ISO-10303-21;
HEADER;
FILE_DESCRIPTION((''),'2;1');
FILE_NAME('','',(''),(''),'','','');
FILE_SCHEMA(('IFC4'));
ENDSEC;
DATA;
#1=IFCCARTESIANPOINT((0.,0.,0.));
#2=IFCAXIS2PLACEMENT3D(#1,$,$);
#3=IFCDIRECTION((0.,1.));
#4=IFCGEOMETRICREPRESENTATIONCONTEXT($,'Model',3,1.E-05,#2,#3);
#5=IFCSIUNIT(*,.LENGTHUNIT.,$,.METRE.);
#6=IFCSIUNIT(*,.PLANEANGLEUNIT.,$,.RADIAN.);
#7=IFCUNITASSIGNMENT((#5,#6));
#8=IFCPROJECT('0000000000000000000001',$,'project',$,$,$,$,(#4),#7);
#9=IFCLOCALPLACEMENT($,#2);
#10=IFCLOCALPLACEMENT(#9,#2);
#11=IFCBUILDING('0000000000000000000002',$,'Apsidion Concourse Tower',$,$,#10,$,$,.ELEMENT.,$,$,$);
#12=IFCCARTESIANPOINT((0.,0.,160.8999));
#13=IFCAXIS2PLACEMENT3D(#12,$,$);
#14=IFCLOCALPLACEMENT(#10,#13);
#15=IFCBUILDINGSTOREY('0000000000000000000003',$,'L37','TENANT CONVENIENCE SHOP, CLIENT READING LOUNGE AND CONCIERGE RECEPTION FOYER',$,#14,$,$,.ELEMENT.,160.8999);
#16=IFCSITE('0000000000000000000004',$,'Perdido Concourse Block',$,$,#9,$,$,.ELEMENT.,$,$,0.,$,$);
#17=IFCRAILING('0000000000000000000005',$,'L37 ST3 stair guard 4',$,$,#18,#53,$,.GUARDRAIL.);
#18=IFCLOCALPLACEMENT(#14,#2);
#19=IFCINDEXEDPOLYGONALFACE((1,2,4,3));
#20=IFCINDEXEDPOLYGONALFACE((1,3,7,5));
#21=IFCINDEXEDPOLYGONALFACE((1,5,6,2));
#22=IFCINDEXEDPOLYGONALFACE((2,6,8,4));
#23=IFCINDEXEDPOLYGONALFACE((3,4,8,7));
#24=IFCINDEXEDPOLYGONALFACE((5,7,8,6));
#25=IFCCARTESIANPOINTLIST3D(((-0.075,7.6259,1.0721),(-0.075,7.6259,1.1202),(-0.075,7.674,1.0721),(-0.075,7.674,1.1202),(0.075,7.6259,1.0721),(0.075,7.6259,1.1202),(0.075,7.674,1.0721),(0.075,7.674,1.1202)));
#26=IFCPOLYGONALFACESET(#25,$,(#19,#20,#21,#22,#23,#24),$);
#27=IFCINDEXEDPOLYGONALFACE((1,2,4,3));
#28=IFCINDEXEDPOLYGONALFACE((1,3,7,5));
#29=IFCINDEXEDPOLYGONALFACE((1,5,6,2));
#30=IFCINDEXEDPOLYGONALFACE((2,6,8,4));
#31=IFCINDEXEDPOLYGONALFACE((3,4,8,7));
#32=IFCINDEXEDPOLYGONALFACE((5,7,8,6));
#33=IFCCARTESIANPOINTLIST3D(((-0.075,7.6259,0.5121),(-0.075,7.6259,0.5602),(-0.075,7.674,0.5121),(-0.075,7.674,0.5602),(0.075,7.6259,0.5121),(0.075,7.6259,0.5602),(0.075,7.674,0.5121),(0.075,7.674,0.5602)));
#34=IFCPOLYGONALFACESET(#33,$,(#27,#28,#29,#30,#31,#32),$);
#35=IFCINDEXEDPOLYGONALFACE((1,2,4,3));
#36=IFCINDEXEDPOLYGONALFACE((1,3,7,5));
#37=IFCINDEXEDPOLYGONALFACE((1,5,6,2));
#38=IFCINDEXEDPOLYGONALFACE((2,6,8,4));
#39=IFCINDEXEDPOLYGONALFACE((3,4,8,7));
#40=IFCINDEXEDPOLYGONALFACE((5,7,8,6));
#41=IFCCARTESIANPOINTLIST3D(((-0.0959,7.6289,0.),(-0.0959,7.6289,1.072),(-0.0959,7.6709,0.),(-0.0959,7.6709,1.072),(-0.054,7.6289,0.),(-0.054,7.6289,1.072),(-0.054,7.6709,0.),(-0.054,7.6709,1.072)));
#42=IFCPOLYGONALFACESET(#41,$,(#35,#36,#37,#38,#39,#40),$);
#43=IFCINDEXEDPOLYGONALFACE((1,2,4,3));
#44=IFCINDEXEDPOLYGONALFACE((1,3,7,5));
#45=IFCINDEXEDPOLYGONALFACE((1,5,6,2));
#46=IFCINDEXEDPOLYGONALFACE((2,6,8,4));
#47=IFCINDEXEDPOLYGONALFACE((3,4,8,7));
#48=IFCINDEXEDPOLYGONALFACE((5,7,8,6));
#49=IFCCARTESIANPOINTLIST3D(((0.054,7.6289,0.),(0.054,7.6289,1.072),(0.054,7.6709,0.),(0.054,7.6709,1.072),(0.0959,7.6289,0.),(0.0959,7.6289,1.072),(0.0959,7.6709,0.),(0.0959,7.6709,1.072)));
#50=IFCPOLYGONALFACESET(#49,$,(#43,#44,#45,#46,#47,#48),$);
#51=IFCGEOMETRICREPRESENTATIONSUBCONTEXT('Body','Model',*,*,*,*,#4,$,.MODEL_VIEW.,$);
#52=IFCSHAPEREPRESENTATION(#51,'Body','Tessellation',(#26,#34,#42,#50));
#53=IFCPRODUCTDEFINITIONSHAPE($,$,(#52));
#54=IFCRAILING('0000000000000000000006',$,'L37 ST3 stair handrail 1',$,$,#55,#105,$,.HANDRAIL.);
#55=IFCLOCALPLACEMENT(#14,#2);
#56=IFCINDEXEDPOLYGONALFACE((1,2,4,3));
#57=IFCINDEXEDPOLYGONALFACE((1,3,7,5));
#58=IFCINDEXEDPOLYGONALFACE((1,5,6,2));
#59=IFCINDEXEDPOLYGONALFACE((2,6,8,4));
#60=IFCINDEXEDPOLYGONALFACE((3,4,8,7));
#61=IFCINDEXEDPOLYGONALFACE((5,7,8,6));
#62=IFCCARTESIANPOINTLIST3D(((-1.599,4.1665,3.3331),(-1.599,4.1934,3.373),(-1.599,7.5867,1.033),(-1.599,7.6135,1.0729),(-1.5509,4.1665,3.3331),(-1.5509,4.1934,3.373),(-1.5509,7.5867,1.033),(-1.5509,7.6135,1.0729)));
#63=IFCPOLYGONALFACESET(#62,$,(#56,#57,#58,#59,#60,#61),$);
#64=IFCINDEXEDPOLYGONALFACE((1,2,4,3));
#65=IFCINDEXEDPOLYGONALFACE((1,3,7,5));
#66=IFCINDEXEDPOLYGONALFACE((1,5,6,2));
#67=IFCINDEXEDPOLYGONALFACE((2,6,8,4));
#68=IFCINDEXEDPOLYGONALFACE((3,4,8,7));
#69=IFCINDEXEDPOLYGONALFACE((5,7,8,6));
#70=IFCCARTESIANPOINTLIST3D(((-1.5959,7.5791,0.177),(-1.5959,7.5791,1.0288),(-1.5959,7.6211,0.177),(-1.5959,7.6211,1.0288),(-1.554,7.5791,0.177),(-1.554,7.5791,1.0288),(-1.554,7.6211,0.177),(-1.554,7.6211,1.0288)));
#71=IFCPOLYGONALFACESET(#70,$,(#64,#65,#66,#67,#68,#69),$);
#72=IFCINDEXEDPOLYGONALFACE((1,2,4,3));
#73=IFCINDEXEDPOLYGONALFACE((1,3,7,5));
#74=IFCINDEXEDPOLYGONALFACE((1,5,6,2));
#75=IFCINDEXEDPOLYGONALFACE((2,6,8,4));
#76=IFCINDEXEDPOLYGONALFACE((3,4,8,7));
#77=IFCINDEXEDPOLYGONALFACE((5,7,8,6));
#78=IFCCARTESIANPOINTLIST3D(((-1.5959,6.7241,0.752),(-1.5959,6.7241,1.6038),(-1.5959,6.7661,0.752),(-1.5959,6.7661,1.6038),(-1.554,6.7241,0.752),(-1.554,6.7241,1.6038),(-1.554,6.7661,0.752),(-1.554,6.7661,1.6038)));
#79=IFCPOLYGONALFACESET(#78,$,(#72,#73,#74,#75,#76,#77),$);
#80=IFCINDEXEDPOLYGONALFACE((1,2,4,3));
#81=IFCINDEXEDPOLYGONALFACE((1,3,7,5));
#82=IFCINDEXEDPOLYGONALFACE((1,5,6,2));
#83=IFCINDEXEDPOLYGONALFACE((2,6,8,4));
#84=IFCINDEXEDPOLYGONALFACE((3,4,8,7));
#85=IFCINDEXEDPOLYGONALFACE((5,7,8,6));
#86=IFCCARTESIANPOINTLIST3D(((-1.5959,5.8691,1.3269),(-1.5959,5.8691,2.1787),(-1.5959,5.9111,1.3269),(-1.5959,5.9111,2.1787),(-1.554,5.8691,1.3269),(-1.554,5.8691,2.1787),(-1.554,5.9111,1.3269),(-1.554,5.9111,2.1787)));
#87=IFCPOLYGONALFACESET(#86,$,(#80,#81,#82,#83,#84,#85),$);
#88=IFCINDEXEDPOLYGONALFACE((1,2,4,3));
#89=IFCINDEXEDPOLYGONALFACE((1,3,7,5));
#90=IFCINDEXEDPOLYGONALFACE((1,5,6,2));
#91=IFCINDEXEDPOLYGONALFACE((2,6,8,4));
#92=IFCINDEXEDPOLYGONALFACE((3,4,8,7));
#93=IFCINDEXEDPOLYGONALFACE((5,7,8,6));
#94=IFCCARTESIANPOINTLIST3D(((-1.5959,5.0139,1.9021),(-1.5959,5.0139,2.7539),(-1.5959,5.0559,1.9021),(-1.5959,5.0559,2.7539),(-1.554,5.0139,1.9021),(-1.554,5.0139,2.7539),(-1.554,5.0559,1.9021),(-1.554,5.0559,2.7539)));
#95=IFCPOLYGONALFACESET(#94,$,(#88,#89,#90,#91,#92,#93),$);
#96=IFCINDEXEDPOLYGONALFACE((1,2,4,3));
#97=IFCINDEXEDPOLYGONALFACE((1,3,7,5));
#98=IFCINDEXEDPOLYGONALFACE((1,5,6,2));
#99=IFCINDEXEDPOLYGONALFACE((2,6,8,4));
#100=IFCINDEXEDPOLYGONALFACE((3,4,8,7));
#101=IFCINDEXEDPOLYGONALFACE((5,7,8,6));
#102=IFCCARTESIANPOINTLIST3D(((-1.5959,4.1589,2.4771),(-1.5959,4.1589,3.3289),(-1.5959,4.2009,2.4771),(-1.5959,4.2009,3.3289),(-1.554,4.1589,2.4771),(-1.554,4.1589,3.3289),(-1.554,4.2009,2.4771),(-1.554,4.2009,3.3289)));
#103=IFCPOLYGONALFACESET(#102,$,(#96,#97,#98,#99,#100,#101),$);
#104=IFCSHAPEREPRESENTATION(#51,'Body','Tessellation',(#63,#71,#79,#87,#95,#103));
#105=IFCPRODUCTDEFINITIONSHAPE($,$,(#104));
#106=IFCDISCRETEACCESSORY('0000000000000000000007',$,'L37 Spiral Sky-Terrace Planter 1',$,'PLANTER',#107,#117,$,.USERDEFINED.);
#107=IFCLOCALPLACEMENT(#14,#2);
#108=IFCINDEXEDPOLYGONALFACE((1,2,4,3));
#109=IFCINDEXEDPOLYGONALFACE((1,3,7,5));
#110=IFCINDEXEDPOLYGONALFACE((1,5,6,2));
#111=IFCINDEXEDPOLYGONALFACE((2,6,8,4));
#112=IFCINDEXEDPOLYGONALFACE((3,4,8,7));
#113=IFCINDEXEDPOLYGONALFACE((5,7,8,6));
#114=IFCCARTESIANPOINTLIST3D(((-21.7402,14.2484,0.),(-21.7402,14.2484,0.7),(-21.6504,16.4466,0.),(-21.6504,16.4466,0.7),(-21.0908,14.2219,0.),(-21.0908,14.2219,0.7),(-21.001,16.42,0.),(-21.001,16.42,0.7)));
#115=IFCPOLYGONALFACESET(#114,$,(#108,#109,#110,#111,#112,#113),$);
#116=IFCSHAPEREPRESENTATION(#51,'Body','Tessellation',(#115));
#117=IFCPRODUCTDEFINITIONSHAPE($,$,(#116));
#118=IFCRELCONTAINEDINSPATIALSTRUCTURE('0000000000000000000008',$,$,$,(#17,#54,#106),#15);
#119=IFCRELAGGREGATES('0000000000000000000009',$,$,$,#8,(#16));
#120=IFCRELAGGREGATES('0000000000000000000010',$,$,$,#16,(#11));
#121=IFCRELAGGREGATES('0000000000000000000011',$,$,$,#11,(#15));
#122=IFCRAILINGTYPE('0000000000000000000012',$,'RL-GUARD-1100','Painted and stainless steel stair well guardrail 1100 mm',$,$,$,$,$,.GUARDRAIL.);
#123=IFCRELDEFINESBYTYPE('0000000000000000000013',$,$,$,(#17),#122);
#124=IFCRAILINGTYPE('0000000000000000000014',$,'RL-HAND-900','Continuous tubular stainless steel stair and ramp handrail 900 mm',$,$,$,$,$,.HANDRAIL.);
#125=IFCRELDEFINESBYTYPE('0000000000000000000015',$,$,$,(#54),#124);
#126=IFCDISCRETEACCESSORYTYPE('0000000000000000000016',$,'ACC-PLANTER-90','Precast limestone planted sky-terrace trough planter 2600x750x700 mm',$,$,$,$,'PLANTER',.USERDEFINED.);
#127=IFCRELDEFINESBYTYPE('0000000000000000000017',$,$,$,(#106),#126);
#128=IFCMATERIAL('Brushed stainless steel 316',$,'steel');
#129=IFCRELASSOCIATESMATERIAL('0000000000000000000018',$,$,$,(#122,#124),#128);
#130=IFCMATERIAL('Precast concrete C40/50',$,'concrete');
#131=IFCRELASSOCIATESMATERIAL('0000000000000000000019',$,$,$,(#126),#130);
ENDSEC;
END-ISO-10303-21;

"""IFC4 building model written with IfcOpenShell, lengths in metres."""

from ifc_helpers import new_model, si_unit, direction, frame, origin, origin_2d, place, context, subcontext, project, spatial, rectangle, extrude, material, type_object, element, save


model = new_model("IFC4")

# Units and contexts
model_context = context("Model", 3, precision=1e-05, world=origin(), true_north=direction((0.0, 1.0)))
body_context = subcontext(model_context, "Body", "Model", "MODEL_VIEW")
ifc_project = project(units=[si_unit("LENGTHUNIT", "METRE"), si_unit("PLANEANGLEUNIT", "RADIAN")], contexts=[model_context])

# Site, building, storey
site_placement = place(None, origin())
site = spatial("IfcSite", under=ifc_project, at=site_placement, Name="Perdido Concourse Block", CompositionType="ELEMENT", RefElevation=0.0)
building_placement = place(site_placement, origin())
building = spatial("IfcBuilding", under=site, at=building_placement, Name="Apsidion Concourse Tower", CompositionType="ELEMENT")
storey_placement = place(building_placement, frame((0.0, 0.0, 160.8999)))
storey = spatial("IfcBuildingStorey", under=building, at=storey_placement, Name="L37", Description="TENANT CONVENIENCE SHOP, CLIENT READING LOUNGE AND CONCIERGE RECEPTION FOYER", CompositionType="ELEMENT", Elevation=160.8999)

# Shared definitions
ifc_material_1 = material(Name="Brushed stainless steel 316", Category="steel")

# Shared definitions
ifc_material_2 = material(Name="Precast concrete C40/50", Category="concrete")

# Railings
railing_type_1 = type_object("IfcRailingType", Name="RL-GUARD-1100", Description="Painted and stainless steel stair well guardrail 1100 mm", PredefinedType="GUARDRAIL", material=ifc_material_1)
railing_1_placement = place(storey_placement, frame((-0.075, 7.6499, 0.0)))
element("IfcRailing", 1, at=railing_1_placement, inside=storey, type_object=railing_type_1, Name="L37 ST3 stair guard 4", PredefinedType="GUARDRAIL", context=body_context, shape_type="SweptSolid", body=[
    extrude(rectangle(XDim=0.0481, YDim=0.0481, at=origin_2d()), frame((0.0, 0.0, 1.0962), z_axis=(1.0, 0.0, 0.0), x_axis=(0.0, 1.0, 0.0)), (0.0, 0.0, 1.0), 0.1499),
    extrude(rectangle(XDim=0.0481, YDim=0.0481, at=origin_2d()), frame((0.0, 0.0, 0.5361), z_axis=(1.0, 0.0, 0.0), x_axis=(0.0, 1.0, 0.0)), (0.0, 0.0, 1.0), 0.1499),
    extrude(rectangle(XDim=0.042, YDim=0.042, at=origin_2d()), origin(), (0.0, 0.0, 1.0), 1.072),
    extrude(rectangle(XDim=0.042, YDim=0.042, at=origin_2d()), frame((0.1499, 0.0, 0.0)), (0.0, 0.0, 1.0), 1.072),
])
railing_type_2 = type_object("IfcRailingType", Name="RL-HAND-900", Description="Continuous tubular stainless steel stair and ramp handrail 900 mm", PredefinedType="HANDRAIL", material=ifc_material_1)
railing_2_placement = place(storey_placement, frame((-1.575, 7.6001, 0.177)))
element("IfcRailing", 2, at=railing_2_placement, inside=storey, type_object=railing_type_2, Name="L37 ST3 stair handrail 1", PredefinedType="HANDRAIL", context=body_context, shape_type="SweptSolid", body=[
    extrude(rectangle(XDim=0.0481, YDim=0.0481, at=origin_2d()), frame((0.0, 0.0, 0.876), z_axis=(0.0, -0.829811, 0.558045), x_axis=(1.0, 0.0, 0.0)), (0.0, 0.0, 1.0), 4.1216),
    extrude(rectangle(XDim=0.042, YDim=0.042, at=origin_2d()), origin(), (0.0, 0.0, 1.0), 0.8518),
    extrude(rectangle(XDim=0.042, YDim=0.042, at=origin_2d()), frame((0.0, -0.855, 0.575)), (0.0, 0.0, 1.0), 0.8518),
    extrude(rectangle(XDim=0.042, YDim=0.042, at=origin_2d()), frame((0.0, -1.71, 1.1499)), (0.0, 0.0, 1.0), 0.8518),
    extrude(rectangle(XDim=0.042, YDim=0.042, at=origin_2d()), frame((0.0, -2.5652, 1.7251)), (0.0, 0.0, 1.0), 0.8518),
    extrude(rectangle(XDim=0.042, YDim=0.042, at=origin_2d()), frame((0.0, -3.4202, 2.3)), (0.0, 0.0, 1.0), 0.8518),
])

# Discrete accessory
discrete_accessory_type = type_object("IfcDiscreteAccessoryType", Name="ACC-PLANTER-90", Description="Precast limestone planted sky-terrace trough planter 2600x750x700 mm", ElementType="PLANTER", PredefinedType="USERDEFINED", material=ifc_material_2)
discrete_accessory_placement = place(storey_placement, frame((-21.3706, 15.3342, 0.0), z_axis=(0.0, 0.0, 1.0), x_axis=(-0.040829, -0.999166, 0.0)))
element("IfcDiscreteAccessory", 3, at=discrete_accessory_placement, inside=storey, type_object=discrete_accessory_type, Name="L37 Spiral Sky-Terrace Planter 1", ObjectType="PLANTER", PredefinedType="USERDEFINED", context=body_context, shape_type="SweptSolid", body=[
    extrude(rectangle(XDim=2.2, YDim=0.6499, at=origin_2d()), origin(), (0.0, 0.0, 1.0), 0.7),
])

save(model, "model.ifc")
